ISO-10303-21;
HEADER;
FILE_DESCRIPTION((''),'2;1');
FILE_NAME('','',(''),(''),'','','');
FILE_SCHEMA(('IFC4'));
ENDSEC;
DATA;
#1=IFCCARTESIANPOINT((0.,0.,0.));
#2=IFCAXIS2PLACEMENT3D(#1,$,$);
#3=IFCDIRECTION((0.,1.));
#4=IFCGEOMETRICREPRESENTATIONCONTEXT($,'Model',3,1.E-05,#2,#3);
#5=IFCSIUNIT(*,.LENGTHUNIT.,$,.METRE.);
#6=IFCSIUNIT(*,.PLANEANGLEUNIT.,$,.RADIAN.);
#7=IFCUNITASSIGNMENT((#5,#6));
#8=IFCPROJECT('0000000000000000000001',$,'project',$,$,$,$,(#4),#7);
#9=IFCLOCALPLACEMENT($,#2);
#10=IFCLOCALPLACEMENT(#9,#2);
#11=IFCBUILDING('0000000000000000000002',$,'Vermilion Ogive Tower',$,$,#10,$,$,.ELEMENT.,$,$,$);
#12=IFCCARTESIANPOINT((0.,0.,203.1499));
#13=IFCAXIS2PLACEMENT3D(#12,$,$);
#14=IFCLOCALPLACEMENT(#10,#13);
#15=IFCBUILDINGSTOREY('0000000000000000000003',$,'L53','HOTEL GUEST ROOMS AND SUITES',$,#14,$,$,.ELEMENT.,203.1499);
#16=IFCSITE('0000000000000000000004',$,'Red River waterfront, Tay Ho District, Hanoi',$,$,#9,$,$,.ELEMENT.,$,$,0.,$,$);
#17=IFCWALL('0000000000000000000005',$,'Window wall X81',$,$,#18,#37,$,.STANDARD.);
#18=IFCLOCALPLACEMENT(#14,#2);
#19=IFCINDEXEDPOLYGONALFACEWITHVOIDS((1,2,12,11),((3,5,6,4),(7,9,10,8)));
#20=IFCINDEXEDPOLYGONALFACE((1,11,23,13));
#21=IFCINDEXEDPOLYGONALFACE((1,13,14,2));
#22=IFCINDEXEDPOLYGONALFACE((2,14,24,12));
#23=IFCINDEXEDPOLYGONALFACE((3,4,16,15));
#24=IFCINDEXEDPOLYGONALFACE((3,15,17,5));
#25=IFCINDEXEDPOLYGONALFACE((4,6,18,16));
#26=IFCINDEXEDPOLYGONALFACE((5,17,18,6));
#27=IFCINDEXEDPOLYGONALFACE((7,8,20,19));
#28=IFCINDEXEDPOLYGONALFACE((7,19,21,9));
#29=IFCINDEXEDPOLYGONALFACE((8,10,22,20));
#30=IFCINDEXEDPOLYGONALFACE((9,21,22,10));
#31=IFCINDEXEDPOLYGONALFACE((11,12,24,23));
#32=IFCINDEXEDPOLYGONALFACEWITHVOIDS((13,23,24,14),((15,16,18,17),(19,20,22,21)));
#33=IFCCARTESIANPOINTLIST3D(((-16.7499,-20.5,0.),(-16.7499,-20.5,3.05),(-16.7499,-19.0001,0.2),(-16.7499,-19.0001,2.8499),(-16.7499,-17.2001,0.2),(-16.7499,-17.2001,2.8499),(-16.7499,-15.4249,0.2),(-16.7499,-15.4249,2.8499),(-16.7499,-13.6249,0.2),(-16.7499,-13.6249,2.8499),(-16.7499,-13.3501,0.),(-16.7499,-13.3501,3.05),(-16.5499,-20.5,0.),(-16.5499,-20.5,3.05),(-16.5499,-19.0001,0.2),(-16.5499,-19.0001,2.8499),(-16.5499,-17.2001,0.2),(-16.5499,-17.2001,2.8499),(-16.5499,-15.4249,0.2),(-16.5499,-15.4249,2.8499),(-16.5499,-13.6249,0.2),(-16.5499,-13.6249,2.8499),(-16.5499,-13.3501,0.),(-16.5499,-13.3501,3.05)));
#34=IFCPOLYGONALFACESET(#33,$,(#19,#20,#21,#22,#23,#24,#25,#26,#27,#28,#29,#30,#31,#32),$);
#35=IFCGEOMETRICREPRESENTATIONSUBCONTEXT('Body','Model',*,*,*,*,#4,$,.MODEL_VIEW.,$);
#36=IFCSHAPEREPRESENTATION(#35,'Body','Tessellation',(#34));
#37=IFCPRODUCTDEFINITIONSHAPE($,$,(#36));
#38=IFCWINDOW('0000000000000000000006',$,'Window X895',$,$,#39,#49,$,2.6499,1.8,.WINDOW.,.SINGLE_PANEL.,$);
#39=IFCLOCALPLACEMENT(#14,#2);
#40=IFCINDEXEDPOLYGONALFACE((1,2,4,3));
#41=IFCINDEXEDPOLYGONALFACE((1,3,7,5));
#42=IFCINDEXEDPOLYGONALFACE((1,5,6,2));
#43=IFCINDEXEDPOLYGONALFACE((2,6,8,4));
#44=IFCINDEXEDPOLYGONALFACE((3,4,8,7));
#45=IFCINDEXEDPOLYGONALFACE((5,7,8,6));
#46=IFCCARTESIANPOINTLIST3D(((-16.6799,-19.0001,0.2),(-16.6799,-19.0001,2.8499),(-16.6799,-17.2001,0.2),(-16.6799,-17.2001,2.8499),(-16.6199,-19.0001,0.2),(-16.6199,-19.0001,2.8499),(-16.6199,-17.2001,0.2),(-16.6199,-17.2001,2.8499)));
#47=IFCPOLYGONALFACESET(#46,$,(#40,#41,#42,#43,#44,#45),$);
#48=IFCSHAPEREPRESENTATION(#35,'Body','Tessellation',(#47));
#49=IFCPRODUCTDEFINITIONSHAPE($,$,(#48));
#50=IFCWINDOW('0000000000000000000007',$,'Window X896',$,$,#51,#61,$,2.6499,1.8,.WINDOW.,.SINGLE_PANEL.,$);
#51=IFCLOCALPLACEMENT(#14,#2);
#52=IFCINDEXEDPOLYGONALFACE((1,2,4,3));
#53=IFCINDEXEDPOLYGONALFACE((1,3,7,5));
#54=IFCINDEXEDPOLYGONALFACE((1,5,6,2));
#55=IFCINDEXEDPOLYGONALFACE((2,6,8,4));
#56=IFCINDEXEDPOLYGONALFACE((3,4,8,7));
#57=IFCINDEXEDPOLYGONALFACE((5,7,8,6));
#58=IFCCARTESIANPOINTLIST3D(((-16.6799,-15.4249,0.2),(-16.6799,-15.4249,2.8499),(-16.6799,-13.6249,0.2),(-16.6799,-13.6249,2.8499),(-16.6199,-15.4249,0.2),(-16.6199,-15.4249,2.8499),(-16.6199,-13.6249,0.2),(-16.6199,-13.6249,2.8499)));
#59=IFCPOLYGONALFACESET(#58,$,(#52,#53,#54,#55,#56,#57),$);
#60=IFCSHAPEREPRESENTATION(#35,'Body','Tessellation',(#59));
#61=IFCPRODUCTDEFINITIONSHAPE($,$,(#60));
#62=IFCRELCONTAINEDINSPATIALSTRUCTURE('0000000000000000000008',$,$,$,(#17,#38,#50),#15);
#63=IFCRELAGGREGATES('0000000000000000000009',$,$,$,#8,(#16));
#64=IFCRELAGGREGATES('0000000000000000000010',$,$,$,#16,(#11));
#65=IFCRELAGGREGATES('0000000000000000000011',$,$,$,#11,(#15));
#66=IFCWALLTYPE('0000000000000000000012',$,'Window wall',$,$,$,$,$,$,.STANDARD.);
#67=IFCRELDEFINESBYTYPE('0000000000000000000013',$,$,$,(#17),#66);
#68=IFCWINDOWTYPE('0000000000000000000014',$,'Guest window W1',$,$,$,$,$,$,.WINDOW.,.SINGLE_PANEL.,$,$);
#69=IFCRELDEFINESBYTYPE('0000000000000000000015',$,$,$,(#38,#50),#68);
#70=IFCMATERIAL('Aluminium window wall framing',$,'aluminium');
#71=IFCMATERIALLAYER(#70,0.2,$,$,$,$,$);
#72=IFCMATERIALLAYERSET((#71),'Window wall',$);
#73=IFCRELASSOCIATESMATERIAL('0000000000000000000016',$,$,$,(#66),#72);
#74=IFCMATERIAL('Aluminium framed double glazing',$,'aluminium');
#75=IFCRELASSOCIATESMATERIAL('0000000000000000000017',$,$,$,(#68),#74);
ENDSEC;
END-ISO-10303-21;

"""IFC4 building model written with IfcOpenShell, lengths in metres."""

from ifc_helpers import new_model, si_unit, direction, frame, frame_2d, origin, place, context, subcontext, project, spatial, rectangle, extrude, material, layer, layer_set, type_object, element, fill, save


model = new_model("IFC4")

# Units and contexts
model_context = context("Model", 3, precision=1e-05, world=origin(), true_north=direction((0.0, 1.0)))
body_context = subcontext(model_context, "Body", "Model", "MODEL_VIEW")
ifc_project = project(units=[si_unit("LENGTHUNIT", "METRE"), si_unit("PLANEANGLEUNIT", "RADIAN")], contexts=[model_context])

# Site, building, storey
site_placement = place(None, origin())
site = spatial("IfcSite", under=ifc_project, at=site_placement, Name="Red River waterfront, Tay Ho District, Hanoi", CompositionType="ELEMENT", RefElevation=0.0)
building_placement = place(site_placement, origin())
building = spatial("IfcBuilding", under=site, at=building_placement, Name="Vermilion Ogive Tower", CompositionType="ELEMENT")
storey_placement = place(building_placement, frame((0.0, 0.0, 203.1499)))
storey = spatial("IfcBuildingStorey", under=building, at=storey_placement, Name="L53", Description="HOTEL GUEST ROOMS AND SUITES", CompositionType="ELEMENT", Elevation=203.1499)

# Shared definitions
ifc_material_1 = material(Name="Aluminium window wall framing", Category="aluminium")
ifc_layer_1 = layer(ifc_material_1, 0.2)
ifc_layer_set_1 = layer_set([ifc_layer_1], Name="Window wall")
wall_type_1 = type_object("IfcWallType", Name="Window wall", PredefinedType="STANDARD", material=ifc_layer_set_1)

# Wall, openings, windows
wall_1_placement = place(storey_placement, frame((-16.6499, -13.3501, 0.0), z_axis=(0.0, 0.0, 1.0), x_axis=(0.0, -1.0, 0.0)))
wall_1 = element("IfcWall", 1, at=wall_1_placement, inside=storey, type_object=wall_type_1, Name="Window wall X81", PredefinedType="STANDARD", context=body_context, shape_type="SweptSolid", body=[
    extrude(rectangle(XDim=7.1499, YDim=0.2, at=frame_2d((3.575, 0.0))), origin(), (0.0, 0.0, 1.0), 3.05),
])
opening_1_placement = place(wall_1_placement, frame((3.8501, 0.0, 0.2)))
opening_1 = element("IfcOpeningElement", 2, at=opening_1_placement, cuts=wall_1, PredefinedType="OPENING", context=body_context, shape_type="SweptSolid", body=[
    extrude(rectangle(XDim=1.8, YDim=2.6499, at=frame_2d((0.8999, 1.325))), frame((0.0, 0.1099, 0.0), z_axis=(0.0, -1.0, 0.0), x_axis=(1.0, 0.0, 0.0)), (0.0, 0.0, 1.0), 0.22),
])
opening_2_placement = place(wall_1_placement, frame((0.2749, 0.0, 0.2)))
opening_2 = element("IfcOpeningElement", 3, at=opening_2_placement, cuts=wall_1, PredefinedType="OPENING", context=body_context, shape_type="SweptSolid", body=[
    extrude(rectangle(XDim=1.8, YDim=2.6499, at=frame_2d((0.8999, 1.325))), frame((0.0, 0.1099, 0.0), z_axis=(0.0, -1.0, 0.0), x_axis=(1.0, 0.0, 0.0)), (0.0, 0.0, 1.0), 0.22),
])
ifc_material_2 = material(Name="Aluminium framed double glazing", Category="aluminium")
window_type = type_object("IfcWindowType", Name="Guest window W1", PartitioningType="SINGLE_PANEL", PredefinedType="WINDOW", material=ifc_material_2)
window_1_placement = place(opening_1_placement, origin())
window_1 = element("IfcWindow", 4, at=window_1_placement, inside=storey, type_object=window_type, Name="Window X895", OverallHeight=2.6499, OverallWidth=1.8, PartitioningType="SINGLE_PANEL", PredefinedType="WINDOW", context=body_context, shape_type="SweptSolid", body=[
    extrude(rectangle(XDim=1.8, YDim=2.6499, at=frame_2d((0.8999, 1.325))), frame((0.0, 0.03, 0.0), z_axis=(0.0, -1.0, 0.0), x_axis=(1.0, 0.0, 0.0)), (0.0, 0.0, 1.0), 0.0601),
])
fill(opening_1, window_1)
window_2_placement = place(opening_2_placement, origin())
window_2 = element("IfcWindow", 5, at=window_2_placement, inside=storey, type_object=window_type, Name="Window X896", OverallHeight=2.6499, OverallWidth=1.8, PartitioningType="SINGLE_PANEL", PredefinedType="WINDOW", context=body_context, shape_type="SweptSolid", body=[
    extrude(rectangle(XDim=1.8, YDim=2.6499, at=frame_2d((0.8999, 1.325))), frame((0.0, 0.03, 0.0), z_axis=(0.0, -1.0, 0.0), x_axis=(1.0, 0.0, 0.0)), (0.0, 0.0, 1.0), 0.0601),
])
fill(opening_2, window_2)

save(model, "model.ifc")
